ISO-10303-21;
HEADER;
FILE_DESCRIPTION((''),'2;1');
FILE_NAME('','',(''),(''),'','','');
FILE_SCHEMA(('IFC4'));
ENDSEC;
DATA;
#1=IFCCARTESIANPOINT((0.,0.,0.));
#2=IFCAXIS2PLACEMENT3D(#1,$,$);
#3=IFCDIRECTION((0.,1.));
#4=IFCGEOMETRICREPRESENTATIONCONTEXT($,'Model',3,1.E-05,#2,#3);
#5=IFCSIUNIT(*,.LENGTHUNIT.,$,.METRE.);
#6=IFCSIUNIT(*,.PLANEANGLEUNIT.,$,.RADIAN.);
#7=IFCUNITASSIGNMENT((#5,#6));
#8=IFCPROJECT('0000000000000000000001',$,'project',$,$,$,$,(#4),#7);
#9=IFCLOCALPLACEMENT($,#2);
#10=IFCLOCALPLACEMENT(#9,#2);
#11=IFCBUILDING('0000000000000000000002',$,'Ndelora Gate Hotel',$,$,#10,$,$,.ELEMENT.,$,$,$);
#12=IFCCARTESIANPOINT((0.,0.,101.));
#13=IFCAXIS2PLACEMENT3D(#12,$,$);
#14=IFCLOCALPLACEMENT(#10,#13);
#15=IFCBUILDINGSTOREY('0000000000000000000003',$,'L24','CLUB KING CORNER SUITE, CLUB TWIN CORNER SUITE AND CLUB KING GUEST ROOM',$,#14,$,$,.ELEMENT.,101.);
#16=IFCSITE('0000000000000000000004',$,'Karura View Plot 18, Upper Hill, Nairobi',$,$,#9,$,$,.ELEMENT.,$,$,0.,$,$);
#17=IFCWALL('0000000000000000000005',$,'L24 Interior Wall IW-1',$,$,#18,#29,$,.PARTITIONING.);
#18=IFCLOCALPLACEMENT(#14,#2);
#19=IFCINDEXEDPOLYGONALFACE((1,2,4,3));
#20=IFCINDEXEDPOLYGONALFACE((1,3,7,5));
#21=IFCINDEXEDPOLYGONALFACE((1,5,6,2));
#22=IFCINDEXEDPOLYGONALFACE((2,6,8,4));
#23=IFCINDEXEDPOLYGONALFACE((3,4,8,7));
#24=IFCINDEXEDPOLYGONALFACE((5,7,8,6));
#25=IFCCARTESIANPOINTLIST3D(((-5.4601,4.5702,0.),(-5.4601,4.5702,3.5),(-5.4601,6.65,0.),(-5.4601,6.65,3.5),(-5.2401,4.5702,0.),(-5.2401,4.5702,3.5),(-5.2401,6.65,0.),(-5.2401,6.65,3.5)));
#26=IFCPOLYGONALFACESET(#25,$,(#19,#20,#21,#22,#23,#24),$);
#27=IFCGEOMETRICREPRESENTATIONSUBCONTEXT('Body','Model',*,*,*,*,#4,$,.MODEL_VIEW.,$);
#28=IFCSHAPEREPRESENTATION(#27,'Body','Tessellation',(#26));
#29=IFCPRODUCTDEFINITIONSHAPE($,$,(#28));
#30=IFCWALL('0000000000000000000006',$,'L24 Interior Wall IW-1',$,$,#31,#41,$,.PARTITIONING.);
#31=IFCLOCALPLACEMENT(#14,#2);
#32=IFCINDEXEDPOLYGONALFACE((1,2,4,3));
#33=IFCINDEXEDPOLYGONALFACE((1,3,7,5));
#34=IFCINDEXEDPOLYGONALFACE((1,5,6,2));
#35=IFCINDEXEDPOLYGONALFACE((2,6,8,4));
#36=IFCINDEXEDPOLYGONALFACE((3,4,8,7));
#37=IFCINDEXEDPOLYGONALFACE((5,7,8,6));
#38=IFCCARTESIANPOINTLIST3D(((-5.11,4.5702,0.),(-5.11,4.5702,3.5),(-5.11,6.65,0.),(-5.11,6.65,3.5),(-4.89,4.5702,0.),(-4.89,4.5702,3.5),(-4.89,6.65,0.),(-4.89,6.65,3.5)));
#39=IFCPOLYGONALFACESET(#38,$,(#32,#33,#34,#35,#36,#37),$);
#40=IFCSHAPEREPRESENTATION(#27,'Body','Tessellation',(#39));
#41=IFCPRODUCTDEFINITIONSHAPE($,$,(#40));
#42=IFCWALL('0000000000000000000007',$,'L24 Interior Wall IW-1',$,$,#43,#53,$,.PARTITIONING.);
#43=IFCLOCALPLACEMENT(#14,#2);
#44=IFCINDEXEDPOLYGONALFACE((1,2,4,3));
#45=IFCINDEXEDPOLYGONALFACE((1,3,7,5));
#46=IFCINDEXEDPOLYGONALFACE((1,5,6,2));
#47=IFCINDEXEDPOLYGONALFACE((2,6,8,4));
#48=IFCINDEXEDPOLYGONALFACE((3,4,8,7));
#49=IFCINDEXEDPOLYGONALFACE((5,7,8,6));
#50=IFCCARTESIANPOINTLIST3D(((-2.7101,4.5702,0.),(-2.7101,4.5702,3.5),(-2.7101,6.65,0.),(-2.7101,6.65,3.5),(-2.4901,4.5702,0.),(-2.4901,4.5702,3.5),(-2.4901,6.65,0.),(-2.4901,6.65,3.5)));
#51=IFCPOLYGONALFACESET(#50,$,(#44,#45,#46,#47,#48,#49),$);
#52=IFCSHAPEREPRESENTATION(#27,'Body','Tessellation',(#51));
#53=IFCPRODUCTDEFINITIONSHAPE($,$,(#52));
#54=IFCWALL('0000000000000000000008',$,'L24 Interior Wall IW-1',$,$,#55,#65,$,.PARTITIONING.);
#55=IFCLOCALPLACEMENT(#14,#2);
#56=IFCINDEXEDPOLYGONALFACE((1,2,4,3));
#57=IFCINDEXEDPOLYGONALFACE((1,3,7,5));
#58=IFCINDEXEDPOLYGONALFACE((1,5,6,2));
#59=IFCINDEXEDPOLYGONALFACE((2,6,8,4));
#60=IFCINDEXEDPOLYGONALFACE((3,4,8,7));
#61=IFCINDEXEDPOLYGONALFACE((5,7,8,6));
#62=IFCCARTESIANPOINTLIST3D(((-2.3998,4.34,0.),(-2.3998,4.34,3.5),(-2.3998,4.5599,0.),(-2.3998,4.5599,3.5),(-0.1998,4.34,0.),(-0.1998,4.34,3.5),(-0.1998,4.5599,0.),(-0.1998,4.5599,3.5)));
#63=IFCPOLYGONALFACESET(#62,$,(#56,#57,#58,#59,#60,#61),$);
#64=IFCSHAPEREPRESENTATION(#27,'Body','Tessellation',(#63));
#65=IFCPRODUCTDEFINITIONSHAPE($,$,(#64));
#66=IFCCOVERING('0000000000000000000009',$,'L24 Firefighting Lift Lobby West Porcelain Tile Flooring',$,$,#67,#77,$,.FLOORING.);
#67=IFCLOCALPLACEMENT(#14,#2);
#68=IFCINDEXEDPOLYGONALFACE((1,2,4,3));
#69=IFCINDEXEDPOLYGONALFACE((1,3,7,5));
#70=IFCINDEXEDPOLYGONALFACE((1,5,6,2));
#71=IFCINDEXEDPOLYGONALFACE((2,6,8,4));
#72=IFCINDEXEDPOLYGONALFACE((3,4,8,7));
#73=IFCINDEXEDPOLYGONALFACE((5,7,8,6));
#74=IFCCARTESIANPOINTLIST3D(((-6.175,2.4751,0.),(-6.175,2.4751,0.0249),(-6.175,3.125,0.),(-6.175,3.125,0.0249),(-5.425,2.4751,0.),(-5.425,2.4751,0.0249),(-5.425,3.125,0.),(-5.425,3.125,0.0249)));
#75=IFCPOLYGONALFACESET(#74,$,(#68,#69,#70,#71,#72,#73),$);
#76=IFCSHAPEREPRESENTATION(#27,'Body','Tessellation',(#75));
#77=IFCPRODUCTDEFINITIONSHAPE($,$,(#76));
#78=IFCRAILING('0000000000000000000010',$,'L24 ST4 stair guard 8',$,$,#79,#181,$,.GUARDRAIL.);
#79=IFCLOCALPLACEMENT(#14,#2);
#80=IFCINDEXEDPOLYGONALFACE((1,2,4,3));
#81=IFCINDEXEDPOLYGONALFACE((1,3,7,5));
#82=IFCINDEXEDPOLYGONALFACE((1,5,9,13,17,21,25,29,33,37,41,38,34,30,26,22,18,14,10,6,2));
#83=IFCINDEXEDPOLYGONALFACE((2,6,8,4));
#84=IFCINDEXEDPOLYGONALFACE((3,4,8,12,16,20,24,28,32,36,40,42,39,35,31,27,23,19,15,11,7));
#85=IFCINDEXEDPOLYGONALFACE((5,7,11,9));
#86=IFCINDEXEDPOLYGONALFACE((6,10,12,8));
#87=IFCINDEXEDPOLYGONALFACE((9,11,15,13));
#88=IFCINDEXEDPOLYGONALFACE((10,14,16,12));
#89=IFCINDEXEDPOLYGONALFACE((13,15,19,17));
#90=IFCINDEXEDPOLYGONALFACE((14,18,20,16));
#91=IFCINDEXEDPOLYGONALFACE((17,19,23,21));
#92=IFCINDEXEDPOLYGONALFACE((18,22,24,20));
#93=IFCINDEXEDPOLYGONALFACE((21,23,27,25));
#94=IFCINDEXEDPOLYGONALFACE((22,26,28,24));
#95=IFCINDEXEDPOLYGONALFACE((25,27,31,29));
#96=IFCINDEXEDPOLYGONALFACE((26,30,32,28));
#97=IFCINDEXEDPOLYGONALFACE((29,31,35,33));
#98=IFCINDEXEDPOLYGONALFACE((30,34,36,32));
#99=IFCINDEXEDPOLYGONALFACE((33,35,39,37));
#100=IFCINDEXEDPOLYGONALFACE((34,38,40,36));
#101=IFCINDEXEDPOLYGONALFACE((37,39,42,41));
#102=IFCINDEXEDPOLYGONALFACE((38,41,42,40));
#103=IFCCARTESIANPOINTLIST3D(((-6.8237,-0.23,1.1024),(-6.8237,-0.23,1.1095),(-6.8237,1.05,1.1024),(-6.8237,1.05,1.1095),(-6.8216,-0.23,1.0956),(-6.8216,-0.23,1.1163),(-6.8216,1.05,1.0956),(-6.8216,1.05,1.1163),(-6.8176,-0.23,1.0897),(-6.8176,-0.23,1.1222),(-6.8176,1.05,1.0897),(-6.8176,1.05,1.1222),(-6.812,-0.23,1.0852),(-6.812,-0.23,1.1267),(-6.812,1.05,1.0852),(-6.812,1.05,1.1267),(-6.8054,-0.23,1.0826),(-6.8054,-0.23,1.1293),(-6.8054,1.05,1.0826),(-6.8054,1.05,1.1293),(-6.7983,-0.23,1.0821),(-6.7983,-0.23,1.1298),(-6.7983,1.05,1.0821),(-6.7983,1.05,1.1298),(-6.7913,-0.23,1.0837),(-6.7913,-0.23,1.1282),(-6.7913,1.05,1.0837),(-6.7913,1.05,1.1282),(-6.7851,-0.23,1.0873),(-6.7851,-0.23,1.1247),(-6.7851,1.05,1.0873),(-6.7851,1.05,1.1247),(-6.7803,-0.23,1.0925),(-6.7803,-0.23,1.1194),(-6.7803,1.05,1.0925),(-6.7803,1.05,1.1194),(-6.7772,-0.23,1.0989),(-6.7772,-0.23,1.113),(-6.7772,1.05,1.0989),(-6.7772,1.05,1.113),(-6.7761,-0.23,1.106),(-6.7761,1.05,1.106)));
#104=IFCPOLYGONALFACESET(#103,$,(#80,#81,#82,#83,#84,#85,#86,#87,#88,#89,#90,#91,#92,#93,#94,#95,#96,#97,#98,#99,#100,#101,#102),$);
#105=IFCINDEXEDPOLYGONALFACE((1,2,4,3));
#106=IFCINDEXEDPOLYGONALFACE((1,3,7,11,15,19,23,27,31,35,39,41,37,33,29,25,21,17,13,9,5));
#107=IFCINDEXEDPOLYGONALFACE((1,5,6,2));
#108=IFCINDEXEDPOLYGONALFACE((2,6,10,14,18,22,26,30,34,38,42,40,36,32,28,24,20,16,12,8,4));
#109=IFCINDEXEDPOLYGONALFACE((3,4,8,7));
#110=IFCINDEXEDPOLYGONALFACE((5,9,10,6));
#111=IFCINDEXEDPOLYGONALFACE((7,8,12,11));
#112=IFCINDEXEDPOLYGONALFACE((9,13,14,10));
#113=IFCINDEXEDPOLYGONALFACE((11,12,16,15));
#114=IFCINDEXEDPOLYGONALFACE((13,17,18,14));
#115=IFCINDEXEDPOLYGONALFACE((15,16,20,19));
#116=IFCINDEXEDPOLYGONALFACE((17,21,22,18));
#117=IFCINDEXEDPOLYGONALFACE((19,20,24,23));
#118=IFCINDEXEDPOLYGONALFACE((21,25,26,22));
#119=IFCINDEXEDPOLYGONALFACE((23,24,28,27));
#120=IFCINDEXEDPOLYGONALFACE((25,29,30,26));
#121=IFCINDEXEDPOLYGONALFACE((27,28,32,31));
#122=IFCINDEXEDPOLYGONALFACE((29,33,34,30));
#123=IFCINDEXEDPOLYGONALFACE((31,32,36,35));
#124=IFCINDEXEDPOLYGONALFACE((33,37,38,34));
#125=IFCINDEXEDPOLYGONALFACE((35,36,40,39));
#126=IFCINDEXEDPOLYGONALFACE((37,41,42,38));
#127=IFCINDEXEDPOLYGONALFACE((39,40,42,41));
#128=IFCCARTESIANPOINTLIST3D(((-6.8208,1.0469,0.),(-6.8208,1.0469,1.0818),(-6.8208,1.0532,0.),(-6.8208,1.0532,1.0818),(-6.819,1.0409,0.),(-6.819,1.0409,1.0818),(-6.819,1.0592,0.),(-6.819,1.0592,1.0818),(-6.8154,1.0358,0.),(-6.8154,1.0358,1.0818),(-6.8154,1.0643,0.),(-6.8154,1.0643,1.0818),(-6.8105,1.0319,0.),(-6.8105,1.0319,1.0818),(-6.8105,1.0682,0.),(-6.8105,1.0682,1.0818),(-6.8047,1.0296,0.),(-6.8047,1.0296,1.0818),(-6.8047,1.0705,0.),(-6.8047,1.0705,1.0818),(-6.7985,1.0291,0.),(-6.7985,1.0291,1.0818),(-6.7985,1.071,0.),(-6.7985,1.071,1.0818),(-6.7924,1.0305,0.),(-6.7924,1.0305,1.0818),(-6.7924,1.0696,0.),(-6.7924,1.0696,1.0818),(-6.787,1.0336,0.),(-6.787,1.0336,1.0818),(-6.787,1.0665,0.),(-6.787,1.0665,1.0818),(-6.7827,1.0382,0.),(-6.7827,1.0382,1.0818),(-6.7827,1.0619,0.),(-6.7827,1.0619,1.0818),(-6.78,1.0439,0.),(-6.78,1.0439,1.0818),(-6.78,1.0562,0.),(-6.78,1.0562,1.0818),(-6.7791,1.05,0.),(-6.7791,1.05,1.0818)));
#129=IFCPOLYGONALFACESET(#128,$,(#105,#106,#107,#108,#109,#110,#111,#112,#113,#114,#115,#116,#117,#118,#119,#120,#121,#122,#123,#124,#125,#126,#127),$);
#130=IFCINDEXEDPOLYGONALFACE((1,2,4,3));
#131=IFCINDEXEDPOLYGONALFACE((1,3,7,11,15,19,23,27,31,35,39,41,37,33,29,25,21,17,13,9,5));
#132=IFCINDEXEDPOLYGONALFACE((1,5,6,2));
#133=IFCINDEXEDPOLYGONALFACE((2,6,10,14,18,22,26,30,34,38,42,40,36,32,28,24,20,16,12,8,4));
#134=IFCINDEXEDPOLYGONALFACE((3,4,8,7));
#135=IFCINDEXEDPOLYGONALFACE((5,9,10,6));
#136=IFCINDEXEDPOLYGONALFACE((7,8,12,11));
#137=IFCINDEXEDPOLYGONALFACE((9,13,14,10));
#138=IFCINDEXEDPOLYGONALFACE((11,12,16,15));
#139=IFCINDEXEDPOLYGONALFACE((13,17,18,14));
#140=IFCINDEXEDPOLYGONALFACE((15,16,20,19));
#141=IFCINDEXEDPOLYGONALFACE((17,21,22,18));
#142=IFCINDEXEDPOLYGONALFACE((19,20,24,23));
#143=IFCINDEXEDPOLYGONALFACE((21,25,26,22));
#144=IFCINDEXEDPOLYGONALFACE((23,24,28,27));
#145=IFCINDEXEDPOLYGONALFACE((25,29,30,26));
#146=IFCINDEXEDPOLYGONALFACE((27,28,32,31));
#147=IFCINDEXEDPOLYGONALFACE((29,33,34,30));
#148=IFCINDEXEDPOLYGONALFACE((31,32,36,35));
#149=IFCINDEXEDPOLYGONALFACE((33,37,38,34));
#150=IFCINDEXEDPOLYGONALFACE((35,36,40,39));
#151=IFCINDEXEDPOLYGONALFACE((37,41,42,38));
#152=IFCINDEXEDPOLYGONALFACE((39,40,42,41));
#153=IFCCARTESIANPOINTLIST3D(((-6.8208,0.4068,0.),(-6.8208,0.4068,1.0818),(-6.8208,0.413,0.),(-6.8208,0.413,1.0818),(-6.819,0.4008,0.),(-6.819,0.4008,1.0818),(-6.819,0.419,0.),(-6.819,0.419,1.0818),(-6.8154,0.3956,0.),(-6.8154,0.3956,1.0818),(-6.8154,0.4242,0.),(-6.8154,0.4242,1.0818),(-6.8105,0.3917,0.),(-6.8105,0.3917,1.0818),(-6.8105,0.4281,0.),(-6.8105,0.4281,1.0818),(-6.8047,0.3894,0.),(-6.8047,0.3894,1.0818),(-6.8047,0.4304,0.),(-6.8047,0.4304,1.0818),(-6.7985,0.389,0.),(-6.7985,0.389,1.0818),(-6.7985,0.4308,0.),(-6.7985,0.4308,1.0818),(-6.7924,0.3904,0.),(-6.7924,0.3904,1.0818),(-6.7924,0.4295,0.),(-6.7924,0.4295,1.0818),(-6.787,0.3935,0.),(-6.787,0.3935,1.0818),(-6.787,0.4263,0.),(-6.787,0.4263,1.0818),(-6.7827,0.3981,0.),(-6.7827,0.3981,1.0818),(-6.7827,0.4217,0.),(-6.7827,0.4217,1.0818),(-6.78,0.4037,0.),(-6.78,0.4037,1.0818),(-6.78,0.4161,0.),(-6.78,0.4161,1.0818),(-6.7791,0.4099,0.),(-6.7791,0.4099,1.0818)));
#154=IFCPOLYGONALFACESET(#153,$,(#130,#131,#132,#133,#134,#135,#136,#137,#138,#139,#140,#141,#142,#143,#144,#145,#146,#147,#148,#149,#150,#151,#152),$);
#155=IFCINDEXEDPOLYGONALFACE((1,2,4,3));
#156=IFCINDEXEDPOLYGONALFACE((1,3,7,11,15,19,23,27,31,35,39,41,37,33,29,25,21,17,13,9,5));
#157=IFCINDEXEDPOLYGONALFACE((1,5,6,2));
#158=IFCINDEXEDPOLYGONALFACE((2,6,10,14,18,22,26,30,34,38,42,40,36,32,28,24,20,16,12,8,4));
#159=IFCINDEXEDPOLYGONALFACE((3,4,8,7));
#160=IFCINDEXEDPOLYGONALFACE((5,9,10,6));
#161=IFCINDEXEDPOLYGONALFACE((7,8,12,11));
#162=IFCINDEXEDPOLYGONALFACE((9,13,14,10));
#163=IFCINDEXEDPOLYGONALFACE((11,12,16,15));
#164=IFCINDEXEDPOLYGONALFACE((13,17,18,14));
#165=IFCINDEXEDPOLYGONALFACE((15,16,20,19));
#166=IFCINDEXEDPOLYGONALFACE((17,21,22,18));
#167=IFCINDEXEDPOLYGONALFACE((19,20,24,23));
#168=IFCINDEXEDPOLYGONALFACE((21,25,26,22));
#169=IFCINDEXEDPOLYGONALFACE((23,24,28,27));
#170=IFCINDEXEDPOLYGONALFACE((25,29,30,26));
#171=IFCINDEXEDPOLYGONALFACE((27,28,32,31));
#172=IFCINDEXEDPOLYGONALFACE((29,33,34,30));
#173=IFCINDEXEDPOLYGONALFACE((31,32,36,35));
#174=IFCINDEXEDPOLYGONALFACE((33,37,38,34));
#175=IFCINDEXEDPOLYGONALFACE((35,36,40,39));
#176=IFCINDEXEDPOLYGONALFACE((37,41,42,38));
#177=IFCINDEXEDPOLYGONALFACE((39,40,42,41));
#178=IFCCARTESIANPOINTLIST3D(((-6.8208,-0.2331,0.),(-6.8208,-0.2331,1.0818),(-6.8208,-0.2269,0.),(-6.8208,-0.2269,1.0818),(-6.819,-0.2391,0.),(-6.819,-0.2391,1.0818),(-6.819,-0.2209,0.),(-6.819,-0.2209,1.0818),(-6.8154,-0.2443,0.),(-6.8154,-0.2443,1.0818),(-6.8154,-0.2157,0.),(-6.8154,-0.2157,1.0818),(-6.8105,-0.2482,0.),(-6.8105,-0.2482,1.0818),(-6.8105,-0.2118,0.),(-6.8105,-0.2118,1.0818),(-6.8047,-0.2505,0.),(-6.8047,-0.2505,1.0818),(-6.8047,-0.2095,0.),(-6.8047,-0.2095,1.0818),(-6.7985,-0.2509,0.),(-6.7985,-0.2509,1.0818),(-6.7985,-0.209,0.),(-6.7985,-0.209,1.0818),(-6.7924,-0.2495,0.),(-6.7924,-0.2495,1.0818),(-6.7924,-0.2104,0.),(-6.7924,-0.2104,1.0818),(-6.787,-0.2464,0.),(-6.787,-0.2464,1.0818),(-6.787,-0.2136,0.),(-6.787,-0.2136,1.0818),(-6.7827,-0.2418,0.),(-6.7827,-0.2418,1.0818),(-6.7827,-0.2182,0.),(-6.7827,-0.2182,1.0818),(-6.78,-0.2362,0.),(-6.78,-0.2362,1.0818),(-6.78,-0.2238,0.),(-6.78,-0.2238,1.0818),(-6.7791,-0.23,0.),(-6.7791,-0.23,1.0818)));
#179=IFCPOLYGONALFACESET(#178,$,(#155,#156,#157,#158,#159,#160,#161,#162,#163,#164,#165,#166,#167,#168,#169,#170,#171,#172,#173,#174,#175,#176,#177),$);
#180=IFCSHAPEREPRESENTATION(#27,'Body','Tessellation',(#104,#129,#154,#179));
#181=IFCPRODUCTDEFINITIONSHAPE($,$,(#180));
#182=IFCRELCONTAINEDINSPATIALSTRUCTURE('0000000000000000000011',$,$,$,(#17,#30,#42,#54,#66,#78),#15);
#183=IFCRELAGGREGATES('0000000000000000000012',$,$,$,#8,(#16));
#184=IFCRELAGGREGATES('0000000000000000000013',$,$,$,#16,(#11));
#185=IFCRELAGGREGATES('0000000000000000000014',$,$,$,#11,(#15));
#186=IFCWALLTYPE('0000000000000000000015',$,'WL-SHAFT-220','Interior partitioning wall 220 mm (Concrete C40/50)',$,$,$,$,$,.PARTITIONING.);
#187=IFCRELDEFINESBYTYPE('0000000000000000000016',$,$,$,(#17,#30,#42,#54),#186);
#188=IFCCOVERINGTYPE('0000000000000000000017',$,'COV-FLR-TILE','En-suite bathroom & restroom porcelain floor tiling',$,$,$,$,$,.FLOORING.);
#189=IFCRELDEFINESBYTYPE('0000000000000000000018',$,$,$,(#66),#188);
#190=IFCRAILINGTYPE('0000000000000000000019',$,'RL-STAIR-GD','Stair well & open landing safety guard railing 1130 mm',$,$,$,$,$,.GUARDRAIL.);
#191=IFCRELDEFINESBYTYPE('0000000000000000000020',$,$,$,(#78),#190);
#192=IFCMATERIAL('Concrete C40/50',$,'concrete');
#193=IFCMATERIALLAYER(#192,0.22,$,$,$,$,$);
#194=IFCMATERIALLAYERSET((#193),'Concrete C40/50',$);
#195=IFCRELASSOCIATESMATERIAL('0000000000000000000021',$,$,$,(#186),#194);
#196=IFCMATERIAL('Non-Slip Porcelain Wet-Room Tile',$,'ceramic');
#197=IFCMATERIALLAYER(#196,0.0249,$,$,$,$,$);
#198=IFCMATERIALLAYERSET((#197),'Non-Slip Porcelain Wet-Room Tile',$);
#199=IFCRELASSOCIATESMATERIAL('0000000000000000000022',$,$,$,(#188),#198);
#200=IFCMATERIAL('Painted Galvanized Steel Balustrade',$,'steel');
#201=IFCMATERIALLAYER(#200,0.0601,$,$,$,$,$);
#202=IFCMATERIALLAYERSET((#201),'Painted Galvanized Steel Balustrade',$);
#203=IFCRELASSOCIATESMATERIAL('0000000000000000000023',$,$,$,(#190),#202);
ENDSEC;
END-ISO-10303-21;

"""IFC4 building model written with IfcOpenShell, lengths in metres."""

from ifc_helpers import new_model, si_unit, direction, frame, frame_2d, origin, origin_2d, place, context, subcontext, project, spatial, rectangle, circle, extrude, material, layer, layer_set, type_object, element, save


model = new_model("IFC4")

# Units and contexts
model_context = context("Model", 3, precision=1e-05, world=origin(), true_north=direction((0.0, 1.0)))
body_context = subcontext(model_context, "Body", "Model", "MODEL_VIEW")
ifc_project = project(units=[si_unit("LENGTHUNIT", "METRE"), si_unit("PLANEANGLEUNIT", "RADIAN")], contexts=[model_context])

# Site, building, storey
site_placement = place(None, origin())
site = spatial("IfcSite", under=ifc_project, at=site_placement, Name="Karura View Plot 18, Upper Hill, Nairobi", CompositionType="ELEMENT", RefElevation=0.0)
building_placement = place(site_placement, origin())
building = spatial("IfcBuilding", under=site, at=building_placement, Name="Ndelora Gate Hotel", CompositionType="ELEMENT")
storey_placement = place(building_placement, frame((0.0, 0.0, 101.0)))
storey = spatial("IfcBuildingStorey", under=building, at=storey_placement, Name="L24", Description="CLUB KING CORNER SUITE, CLUB TWIN CORNER SUITE AND CLUB KING GUEST ROOM", CompositionType="ELEMENT", Elevation=101.0)

# Shared definitions
ifc_material_1 = material(Name="Concrete C40/50", Category="concrete")
ifc_layer_1 = layer(ifc_material_1, 0.22)
ifc_layer_set_1 = layer_set([ifc_layer_1], Name="Concrete C40/50")
wall_type_1 = type_object("IfcWallType", Name="WL-SHAFT-220", Description="Interior partitioning wall 220 mm (Concrete C40/50)", PredefinedType="PARTITIONING", material=ifc_layer_set_1)

# Wall
wall_1_placement = place(storey_placement, frame((-5.3501, 4.5701, 0.0), z_axis=(0.0, 0.0, 1.0), x_axis=(0.0, 1.0, 0.0)))
element("IfcWall", 1, at=wall_1_placement, inside=storey, type_object=wall_type_1, Name="L24 Interior Wall IW-1", PredefinedType="PARTITIONING", context=body_context, shape_type="SweptSolid", body=[
    extrude(rectangle(XDim=2.0798, YDim=0.22, at=frame_2d((1.04, 0.0))), origin(), (0.0, 0.0, 1.0), 3.5),
])

# Walls
for number, where, z_axis, x_axis, name in (
    (2, (-5.0, 4.5701, 0.0), (0.0, 0.0, 1.0), (0.0, 1.0, 0.0), "L24 Interior Wall IW-1"),
    (3, (-2.6001, 4.5701, 0.0), (0.0, 0.0, 1.0), (0.0, 1.0, 0.0), "L24 Interior Wall IW-1"),
):
    element("IfcWall", number, at=place(storey_placement, frame(where, z_axis=z_axis, x_axis=x_axis)), inside=storey, type_object=wall_type_1, Name=name, PredefinedType="PARTITIONING", context=body_context, shape_type="SweptSolid", body=[
        extrude(rectangle(XDim=2.0798, YDim=0.22, at=frame_2d((1.04, 0.0))), origin(), (0.0, 0.0, 1.0), 3.5),
    ])
wall_2_placement = place(storey_placement, frame((-2.3999, 4.45, 0.0), z_axis=(0.0, 0.0, 1.0), x_axis=(1.0, 0.0, 0.0)))
element("IfcWall", 4, at=wall_2_placement, inside=storey, type_object=wall_type_1, Name="L24 Interior Wall IW-1", PredefinedType="PARTITIONING", context=body_context, shape_type="SweptSolid", body=[
    extrude(rectangle(XDim=2.2, YDim=0.22, at=frame_2d((1.1001, 0.0))), origin(), (0.0, 0.0, 1.0), 3.5),
])

# Covering
ifc_material_2 = material(Name="Non-Slip Porcelain Wet-Room Tile", Category="ceramic")
ifc_layer_2 = layer(ifc_material_2, 0.0249)
ifc_layer_set_2 = layer_set([ifc_layer_2], Name="Non-Slip Porcelain Wet-Room Tile")
covering_type = type_object("IfcCoveringType", Name="COV-FLR-TILE", Description="En-suite bathroom & restroom porcelain floor tiling", PredefinedType="FLOORING", material=ifc_layer_set_2)
covering_placement = place(storey_placement, frame((-5.8, 2.8, 0.0), z_axis=(0.0, 0.0, 1.0), x_axis=(1.0, 0.0, 0.0)))
element("IfcCovering", 5, at=covering_placement, inside=storey, type_object=covering_type, Name="L24 Firefighting Lift Lobby West Porcelain Tile Flooring", PredefinedType="FLOORING", context=body_context, shape_type="SweptSolid", body=[
    extrude(rectangle(XDim=0.75, YDim=0.6499, at=origin_2d()), origin(), (0.0, 0.0, 1.0), 0.0249),
])

# Railing
ifc_material_3 = material(Name="Painted Galvanized Steel Balustrade", Category="steel")
ifc_layer_3 = layer(ifc_material_3, 0.0601)
ifc_layer_set_3 = layer_set([ifc_layer_3], Name="Painted Galvanized Steel Balustrade")
railing_type = type_object("IfcRailingType", Name="RL-STAIR-GD", Description="Stair well & open landing safety guard railing 1130 mm", PredefinedType="GUARDRAIL", material=ifc_layer_set_3)
for number, where, name in (
    (6, (-6.8, 1.05, 0.0), "L24 ST4 stair guard 8"),
):
    element("IfcRailing", number, at=place(storey_placement, frame(where)), inside=storey, type_object=railing_type, Name=name, PredefinedType="GUARDRAIL", context=body_context, shape_type="SweptSolid", body=[
        extrude(circle(Radius=0.0239, at=origin_2d()), frame((0.0, 0.0, 1.106), z_axis=(0.0, -1.0, 0.0), x_axis=(1.0, 0.0, 0.0)), (0.0, 0.0, 1.0), 1.28),
        extrude(circle(Radius=0.021, at=origin_2d()), origin(), (0.0, 0.0, 1.0), 1.0818),
        extrude(circle(Radius=0.021, at=origin_2d()), frame((0.0, -0.6401, 0.0)), (0.0, 0.0, 1.0), 1.0818),
        extrude(circle(Radius=0.021, at=origin_2d()), frame((0.0, -1.28, 0.0)), (0.0, 0.0, 1.0), 1.0818),
    ])

save(model, "model.ifc")
